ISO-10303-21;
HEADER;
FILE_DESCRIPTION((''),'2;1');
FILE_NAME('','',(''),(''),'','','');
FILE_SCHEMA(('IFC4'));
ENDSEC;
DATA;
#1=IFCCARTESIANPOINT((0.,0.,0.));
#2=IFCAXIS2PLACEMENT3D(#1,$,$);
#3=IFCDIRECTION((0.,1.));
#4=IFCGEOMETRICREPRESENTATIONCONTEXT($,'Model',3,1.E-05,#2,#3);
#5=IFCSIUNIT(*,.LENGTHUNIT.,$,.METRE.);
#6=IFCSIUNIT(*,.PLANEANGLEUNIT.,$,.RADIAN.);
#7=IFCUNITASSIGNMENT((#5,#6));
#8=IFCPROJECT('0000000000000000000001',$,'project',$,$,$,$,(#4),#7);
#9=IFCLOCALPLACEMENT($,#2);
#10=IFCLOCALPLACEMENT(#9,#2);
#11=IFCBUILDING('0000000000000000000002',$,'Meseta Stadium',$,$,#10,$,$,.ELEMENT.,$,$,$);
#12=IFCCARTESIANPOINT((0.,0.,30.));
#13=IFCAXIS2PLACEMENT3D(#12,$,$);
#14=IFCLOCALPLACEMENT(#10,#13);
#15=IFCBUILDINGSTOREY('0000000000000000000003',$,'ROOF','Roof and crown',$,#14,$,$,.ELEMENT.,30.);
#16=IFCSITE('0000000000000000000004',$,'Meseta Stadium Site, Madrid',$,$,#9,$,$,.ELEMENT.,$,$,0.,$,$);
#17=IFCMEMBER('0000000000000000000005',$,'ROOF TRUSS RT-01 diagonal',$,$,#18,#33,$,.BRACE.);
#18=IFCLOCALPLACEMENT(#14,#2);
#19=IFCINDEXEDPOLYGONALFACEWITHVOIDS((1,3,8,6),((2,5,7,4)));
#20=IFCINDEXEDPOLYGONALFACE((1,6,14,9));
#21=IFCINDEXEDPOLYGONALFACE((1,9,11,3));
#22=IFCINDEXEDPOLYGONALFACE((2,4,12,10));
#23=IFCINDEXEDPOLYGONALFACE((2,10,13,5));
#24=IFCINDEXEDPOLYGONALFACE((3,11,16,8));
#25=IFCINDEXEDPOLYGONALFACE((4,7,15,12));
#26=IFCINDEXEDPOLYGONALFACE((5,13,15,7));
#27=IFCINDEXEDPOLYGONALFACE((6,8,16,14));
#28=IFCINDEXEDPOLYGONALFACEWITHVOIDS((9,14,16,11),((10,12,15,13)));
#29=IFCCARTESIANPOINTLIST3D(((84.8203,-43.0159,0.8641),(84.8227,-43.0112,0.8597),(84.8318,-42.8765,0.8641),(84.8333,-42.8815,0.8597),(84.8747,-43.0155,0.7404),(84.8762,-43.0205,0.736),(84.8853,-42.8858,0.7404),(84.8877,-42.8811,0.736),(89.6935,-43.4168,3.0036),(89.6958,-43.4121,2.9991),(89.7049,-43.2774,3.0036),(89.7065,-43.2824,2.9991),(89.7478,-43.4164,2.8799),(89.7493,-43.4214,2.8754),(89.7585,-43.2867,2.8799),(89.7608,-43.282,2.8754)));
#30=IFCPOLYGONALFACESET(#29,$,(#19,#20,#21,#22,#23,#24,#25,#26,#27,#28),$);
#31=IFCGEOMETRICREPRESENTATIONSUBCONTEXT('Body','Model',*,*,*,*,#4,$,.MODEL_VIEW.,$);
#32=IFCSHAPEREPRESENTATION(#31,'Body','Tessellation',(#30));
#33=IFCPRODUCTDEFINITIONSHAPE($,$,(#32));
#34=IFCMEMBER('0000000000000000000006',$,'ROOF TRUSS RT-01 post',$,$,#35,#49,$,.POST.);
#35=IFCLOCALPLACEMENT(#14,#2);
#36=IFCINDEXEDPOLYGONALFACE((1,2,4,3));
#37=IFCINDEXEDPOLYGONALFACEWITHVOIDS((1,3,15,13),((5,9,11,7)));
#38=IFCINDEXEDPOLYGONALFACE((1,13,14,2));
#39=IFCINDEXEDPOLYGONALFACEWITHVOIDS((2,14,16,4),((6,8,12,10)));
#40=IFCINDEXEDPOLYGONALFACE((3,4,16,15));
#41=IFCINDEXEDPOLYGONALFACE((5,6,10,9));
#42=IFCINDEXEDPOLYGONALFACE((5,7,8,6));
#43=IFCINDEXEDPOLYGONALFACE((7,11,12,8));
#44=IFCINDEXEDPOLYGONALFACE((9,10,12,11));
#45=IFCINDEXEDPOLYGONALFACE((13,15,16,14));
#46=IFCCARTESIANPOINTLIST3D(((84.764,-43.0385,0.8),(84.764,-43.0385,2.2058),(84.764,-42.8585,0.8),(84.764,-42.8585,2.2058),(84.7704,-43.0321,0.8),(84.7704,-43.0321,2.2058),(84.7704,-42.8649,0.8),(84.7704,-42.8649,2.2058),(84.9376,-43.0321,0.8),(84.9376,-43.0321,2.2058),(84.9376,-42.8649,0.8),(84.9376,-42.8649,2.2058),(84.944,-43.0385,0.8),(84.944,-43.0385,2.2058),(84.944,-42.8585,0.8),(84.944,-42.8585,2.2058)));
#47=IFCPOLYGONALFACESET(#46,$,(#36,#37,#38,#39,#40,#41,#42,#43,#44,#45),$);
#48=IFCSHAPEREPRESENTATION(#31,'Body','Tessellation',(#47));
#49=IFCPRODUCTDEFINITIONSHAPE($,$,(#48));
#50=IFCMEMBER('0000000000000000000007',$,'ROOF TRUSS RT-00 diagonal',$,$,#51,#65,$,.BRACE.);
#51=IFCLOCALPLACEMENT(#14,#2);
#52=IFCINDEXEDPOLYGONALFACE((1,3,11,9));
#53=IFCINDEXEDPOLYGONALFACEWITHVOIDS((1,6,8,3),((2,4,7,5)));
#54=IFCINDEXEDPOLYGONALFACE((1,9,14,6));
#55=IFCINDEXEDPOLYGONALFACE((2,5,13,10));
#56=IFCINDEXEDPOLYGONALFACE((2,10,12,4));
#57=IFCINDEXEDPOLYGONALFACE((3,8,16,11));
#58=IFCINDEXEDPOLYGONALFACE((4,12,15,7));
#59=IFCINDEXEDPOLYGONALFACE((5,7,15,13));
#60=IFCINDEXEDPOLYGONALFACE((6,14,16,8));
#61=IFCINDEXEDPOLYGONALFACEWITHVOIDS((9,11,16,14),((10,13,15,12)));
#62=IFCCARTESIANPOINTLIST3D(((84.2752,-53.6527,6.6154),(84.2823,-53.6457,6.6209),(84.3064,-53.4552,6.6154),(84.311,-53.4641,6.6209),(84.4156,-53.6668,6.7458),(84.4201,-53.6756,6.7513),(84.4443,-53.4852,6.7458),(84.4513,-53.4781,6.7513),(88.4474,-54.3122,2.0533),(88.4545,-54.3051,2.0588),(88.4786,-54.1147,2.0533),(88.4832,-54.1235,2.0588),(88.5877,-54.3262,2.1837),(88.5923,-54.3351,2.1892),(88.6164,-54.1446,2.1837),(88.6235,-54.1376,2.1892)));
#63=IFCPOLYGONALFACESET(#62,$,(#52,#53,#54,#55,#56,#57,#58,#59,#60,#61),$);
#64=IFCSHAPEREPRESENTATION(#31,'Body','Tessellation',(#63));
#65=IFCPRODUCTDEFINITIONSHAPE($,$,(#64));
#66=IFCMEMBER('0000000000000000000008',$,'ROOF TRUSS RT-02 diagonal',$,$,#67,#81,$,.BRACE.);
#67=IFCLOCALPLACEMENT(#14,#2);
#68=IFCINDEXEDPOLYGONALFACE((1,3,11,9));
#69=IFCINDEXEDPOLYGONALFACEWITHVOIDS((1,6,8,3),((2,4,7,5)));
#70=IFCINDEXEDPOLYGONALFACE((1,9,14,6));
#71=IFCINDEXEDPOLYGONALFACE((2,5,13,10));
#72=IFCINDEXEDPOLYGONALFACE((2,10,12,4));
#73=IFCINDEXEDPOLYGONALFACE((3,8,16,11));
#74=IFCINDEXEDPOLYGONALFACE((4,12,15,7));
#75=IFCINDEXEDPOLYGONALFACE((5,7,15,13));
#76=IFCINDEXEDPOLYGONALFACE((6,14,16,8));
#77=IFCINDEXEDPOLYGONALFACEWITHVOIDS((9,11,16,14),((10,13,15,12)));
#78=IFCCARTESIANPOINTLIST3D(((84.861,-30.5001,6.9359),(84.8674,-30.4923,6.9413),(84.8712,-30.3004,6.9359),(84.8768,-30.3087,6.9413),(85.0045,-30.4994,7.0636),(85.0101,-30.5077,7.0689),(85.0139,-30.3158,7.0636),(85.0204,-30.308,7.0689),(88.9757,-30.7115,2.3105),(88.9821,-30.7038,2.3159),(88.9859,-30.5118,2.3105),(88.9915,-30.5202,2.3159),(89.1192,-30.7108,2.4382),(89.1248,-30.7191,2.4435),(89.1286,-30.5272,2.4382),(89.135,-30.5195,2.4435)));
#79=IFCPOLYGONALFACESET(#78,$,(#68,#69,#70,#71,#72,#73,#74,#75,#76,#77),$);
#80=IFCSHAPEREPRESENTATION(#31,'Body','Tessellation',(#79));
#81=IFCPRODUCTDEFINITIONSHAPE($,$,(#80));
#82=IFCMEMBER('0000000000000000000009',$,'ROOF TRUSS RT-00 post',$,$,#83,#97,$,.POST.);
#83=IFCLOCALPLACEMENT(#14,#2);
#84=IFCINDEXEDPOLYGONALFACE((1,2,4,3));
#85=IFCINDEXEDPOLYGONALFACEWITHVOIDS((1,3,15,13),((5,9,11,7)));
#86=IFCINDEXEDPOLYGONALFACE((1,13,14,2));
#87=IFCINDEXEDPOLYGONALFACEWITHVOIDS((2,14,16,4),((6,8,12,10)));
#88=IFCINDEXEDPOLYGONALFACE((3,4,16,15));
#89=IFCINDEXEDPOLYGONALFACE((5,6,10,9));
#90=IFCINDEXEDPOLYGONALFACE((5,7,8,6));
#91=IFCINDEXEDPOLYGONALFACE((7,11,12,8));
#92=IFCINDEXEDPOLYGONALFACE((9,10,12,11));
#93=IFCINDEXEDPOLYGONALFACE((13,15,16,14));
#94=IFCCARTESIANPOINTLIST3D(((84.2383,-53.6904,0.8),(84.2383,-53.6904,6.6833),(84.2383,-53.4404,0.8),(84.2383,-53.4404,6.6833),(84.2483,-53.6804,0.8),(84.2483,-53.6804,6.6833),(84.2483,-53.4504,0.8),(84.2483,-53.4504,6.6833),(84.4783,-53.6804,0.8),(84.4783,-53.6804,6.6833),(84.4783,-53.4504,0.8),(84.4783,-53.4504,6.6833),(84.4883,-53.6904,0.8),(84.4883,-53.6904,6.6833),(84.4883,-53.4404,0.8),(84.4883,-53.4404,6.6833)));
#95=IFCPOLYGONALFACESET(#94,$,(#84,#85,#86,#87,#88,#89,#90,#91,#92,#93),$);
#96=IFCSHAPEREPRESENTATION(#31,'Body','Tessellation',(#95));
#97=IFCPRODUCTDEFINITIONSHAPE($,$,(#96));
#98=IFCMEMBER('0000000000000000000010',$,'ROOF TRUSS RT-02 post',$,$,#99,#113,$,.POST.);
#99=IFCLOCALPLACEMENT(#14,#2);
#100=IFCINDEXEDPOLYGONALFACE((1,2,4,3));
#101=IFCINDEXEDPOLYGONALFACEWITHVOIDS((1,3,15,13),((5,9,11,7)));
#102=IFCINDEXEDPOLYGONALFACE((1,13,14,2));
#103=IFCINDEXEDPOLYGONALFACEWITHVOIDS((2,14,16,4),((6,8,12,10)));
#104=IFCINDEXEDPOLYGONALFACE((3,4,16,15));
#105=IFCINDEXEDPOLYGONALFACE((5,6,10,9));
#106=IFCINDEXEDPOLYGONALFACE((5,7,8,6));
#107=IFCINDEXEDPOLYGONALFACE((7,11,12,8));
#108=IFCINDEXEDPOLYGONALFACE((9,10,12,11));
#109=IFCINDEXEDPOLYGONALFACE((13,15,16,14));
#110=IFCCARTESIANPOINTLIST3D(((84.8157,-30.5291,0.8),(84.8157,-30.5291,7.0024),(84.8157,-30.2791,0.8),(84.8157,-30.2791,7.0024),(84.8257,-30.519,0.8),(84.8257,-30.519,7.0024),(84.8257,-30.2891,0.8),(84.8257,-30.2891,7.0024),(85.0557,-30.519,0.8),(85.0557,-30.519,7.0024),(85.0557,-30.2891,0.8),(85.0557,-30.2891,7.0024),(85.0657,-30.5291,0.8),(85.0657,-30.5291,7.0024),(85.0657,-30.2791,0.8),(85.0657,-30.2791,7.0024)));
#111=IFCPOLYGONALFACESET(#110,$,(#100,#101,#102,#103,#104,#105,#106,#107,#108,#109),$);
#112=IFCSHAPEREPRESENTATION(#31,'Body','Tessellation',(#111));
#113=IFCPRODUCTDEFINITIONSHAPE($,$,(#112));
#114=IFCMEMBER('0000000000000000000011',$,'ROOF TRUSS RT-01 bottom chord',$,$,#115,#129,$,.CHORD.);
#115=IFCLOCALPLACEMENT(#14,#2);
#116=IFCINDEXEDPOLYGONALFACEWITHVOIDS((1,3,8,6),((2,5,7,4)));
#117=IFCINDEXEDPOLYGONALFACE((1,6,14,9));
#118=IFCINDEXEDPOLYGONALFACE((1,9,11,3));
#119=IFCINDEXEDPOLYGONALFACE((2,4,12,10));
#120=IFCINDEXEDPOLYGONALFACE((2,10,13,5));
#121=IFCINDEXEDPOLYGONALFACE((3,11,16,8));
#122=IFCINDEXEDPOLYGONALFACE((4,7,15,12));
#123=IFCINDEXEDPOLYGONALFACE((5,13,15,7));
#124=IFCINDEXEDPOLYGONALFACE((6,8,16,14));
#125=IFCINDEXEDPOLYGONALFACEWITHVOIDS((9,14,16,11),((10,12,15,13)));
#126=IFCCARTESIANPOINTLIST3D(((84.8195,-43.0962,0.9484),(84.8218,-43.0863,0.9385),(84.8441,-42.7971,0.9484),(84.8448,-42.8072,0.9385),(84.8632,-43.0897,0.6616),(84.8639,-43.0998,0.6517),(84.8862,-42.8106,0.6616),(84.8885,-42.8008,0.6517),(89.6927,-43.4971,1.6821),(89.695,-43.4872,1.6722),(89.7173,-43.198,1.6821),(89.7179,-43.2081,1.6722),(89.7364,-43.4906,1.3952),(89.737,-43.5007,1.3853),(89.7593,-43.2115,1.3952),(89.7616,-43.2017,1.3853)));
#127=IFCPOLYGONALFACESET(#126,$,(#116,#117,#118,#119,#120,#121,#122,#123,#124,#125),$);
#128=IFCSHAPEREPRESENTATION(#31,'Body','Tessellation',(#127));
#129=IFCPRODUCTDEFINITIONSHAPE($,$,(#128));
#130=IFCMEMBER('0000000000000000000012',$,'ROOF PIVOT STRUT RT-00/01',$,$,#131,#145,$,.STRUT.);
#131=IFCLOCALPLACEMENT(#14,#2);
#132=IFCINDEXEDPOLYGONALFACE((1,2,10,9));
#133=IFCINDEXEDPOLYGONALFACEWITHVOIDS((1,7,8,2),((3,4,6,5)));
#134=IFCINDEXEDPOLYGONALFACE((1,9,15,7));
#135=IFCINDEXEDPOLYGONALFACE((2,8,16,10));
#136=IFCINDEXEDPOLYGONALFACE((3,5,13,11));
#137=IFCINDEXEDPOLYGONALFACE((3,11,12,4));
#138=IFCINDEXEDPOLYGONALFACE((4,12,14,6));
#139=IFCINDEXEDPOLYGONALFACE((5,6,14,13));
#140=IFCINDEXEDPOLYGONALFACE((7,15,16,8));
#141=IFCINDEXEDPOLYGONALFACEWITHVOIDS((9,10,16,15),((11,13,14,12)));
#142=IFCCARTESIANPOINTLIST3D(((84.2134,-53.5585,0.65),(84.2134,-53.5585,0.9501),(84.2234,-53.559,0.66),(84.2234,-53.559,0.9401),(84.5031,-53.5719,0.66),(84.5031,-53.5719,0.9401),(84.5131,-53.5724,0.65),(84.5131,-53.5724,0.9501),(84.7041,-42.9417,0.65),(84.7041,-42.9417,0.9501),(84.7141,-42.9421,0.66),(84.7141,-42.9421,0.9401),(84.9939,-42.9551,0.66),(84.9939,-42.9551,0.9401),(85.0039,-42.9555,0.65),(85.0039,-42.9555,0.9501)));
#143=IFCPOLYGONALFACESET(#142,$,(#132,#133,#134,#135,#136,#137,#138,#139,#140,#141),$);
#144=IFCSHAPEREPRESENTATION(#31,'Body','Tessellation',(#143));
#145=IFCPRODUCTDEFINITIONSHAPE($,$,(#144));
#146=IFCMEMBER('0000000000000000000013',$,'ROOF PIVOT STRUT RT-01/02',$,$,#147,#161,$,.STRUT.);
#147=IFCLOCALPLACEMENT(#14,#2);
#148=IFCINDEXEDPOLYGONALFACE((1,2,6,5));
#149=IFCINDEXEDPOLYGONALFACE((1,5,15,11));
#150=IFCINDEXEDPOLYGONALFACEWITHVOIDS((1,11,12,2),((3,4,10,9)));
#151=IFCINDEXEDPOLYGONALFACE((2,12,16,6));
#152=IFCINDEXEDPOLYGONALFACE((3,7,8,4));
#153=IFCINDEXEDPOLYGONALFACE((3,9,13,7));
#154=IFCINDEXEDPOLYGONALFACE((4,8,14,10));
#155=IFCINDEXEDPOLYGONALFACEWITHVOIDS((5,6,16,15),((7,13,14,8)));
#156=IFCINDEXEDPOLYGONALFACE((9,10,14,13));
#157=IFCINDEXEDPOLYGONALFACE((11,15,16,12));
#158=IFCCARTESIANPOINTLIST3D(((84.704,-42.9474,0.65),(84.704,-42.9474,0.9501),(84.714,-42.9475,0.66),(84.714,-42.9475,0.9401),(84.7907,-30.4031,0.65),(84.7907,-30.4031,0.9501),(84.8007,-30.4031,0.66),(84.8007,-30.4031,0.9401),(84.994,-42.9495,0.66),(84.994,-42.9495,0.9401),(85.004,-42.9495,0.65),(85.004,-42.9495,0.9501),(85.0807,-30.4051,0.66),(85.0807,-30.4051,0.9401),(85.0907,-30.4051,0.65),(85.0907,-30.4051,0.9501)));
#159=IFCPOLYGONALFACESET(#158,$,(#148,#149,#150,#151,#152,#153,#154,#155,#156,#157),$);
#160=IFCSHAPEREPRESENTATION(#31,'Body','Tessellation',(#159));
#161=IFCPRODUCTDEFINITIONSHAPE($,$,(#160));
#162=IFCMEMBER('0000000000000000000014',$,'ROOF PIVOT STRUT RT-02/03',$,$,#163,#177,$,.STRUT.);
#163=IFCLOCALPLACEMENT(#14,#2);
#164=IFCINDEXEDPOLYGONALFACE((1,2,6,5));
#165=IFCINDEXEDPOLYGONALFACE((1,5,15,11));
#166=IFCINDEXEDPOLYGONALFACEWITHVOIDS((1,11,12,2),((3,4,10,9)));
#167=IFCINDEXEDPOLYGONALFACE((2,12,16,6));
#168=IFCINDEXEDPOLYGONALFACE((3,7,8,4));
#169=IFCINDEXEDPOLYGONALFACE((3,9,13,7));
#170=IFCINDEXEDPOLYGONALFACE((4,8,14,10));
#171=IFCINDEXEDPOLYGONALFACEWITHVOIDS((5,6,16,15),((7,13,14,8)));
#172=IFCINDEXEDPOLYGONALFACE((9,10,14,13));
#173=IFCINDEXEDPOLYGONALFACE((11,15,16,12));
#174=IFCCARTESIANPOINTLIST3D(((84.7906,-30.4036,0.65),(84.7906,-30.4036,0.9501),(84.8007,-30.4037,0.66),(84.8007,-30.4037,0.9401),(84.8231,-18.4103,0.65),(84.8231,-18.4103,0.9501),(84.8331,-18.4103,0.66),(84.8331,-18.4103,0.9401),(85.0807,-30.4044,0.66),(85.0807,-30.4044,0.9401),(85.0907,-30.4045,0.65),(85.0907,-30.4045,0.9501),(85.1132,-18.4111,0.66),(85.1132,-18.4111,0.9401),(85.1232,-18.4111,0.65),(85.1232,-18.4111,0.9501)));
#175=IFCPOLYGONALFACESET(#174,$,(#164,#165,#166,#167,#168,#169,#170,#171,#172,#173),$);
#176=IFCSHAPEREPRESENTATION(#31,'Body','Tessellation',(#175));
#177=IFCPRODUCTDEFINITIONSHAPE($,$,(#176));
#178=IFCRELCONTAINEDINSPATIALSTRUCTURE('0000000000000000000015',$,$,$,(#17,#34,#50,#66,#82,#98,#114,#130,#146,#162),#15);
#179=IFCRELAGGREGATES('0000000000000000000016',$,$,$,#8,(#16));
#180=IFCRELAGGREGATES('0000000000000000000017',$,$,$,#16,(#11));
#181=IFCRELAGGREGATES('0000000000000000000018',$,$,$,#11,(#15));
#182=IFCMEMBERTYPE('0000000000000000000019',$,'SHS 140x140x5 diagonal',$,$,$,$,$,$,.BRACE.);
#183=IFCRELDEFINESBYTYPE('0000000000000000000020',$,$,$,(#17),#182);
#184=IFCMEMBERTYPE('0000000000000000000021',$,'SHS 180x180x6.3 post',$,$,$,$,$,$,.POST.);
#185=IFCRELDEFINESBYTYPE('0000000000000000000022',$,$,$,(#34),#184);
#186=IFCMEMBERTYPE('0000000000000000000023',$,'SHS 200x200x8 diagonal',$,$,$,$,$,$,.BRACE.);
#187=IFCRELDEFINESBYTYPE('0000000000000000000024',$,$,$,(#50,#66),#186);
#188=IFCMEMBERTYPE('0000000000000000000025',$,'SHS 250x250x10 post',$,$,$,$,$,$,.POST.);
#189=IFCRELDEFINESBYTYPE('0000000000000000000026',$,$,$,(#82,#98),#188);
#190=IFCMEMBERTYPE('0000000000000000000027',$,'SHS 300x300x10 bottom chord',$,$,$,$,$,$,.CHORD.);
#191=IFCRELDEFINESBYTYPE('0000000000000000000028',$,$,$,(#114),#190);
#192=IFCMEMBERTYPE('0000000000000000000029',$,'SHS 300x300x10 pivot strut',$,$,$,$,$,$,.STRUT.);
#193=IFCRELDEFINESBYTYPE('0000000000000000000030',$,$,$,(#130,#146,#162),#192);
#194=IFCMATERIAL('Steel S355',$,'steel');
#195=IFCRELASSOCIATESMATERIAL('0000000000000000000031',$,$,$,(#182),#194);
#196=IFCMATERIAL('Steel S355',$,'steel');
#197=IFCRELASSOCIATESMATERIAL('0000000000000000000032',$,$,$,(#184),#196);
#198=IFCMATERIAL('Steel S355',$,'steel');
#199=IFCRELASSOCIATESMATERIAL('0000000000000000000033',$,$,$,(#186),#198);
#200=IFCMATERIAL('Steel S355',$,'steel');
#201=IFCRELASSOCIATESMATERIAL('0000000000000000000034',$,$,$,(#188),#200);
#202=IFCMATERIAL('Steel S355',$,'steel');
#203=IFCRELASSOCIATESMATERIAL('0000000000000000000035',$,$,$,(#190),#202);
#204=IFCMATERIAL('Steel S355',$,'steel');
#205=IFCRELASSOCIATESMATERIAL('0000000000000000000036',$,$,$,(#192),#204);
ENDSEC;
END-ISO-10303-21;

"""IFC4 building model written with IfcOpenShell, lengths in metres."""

from ifc_helpers import new_model, si_unit, direction, frame, origin, origin_2d, place, context, subcontext, project, spatial, hollow_rectangle, extrude, material, material_profile, profile_set, type_object, element, save


model = new_model("IFC4")

# Units and contexts
model_context = context("Model", 3, precision=1e-05, world=origin(), true_north=direction((0.0, 1.0)))
body_context = subcontext(model_context, "Body", "Model", "MODEL_VIEW")
ifc_project = project(units=[si_unit("LENGTHUNIT", "METRE"), si_unit("PLANEANGLEUNIT", "RADIAN")], contexts=[model_context])

# Site, building, storey
site_placement = place(None, origin())
site = spatial("IfcSite", under=ifc_project, at=site_placement, Name="Meseta Stadium Site, Madrid", CompositionType="ELEMENT", RefElevation=0.0)
building_placement = place(site_placement, origin())
building = spatial("IfcBuilding", under=site, at=building_placement, Name="Meseta Stadium", CompositionType="ELEMENT")
storey_placement = place(building_placement, frame((0.0, 0.0, 30.0)))
storey = spatial("IfcBuildingStorey", under=building, at=storey_placement, Name="ROOF", Description="Roof and crown", CompositionType="ELEMENT", Elevation=30.0)

# Members
ifc_material_1 = material(Name="Steel S355", Category="steel")
ifc_material_profile_1 = material_profile(ifc_material_1, hollow_rectangle(XDim=0.1399, YDim=0.1399, WallThickness=0.0049, at=origin_2d()), Name="SHS 140x140x5")
ifc_profile_set_1 = profile_set([ifc_material_profile_1], Name="Steel S355")
member_type_1 = type_object("IfcMemberType", Name="SHS 140x140x5 diagonal", PredefinedType="BRACE", material=ifc_profile_set_1)
member_1_placement = place(storey_placement, frame((84.854, -42.9485, 0.8), z_axis=(0.913056, -0.075112, 0.400857), x_axis=(0.081988, 0.996633, 0.0)))
element("IfcMember", 1, at=member_1_placement, inside=storey, type_object=member_type_1, Name="ROOF TRUSS RT-01 diagonal", PredefinedType="BRACE", context=body_context, shape_type="SweptSolid", body=[
    extrude(hollow_rectangle(XDim=0.1399, YDim=0.1399, WallThickness=0.0049, at=origin_2d()), origin(), (0.0, 0.0, 1.0), 5.3372),
])
ifc_material_2 = material(Name="Steel S355", Category="steel")
ifc_material_profile_2 = material_profile(ifc_material_2, hollow_rectangle(XDim=0.1799, YDim=0.1799, WallThickness=0.0063, at=origin_2d()), Name="SHS 180x180x6.3")
ifc_profile_set_2 = profile_set([ifc_material_profile_2], Name="Steel S355")
member_type_2 = type_object("IfcMemberType", Name="SHS 180x180x6.3 post", PredefinedType="POST", material=ifc_profile_set_2)
member_2_placement = place(storey_placement, frame((84.854, -42.9485, 0.8), z_axis=(0.0, 0.0, 1.0), x_axis=(1.0, 0.0, 0.0)))
element("IfcMember", 2, at=member_2_placement, inside=storey, type_object=member_type_2, Name="ROOF TRUSS RT-01 post", PredefinedType="POST", context=body_context, shape_type="SweptSolid", body=[
    extrude(hollow_rectangle(XDim=0.1799, YDim=0.1799, WallThickness=0.0063, at=origin_2d()), origin(), (0.0, 0.0, 1.0), 1.4058),
])
ifc_material_3 = material(Name="Steel S355", Category="steel")
ifc_material_profile_3 = material_profile(ifc_material_3, hollow_rectangle(XDim=0.2, YDim=0.2, WallThickness=0.0081, at=origin_2d()), Name="SHS 200x200x8")
ifc_profile_set_3 = profile_set([ifc_material_profile_3], Name="Steel S355")
member_type_3 = type_object("IfcMemberType", Name="SHS 200x200x8 diagonal", PredefinedType="BRACE", material=ifc_profile_set_3)
member_3_placement = place(storey_placement, frame((84.3633, -53.5654, 6.6833), z_axis=(0.671063, -0.106065, -0.733775), x_axis=(0.156117, 0.987739, 0.0)))
element("IfcMember", 3, at=member_3_placement, inside=storey, type_object=member_type_3, Name="ROOF TRUSS RT-00 diagonal", PredefinedType="BRACE", context=body_context, shape_type="SweptSolid", body=[
    extrude(hollow_rectangle(XDim=0.2, YDim=0.2, WallThickness=0.0081, at=origin_2d()), origin(), (0.0, 0.0, 1.0), 6.2173),
])
member_4_placement = place(storey_placement, frame((84.9407, -30.4041, 7.0024), z_axis=(0.664265, -0.034132, -0.746717), x_axis=(0.051315, 0.998683, 0.0)))
element("IfcMember", 4, at=member_4_placement, inside=storey, type_object=member_type_3, Name="ROOF TRUSS RT-02 diagonal", PredefinedType="BRACE", context=body_context, shape_type="SweptSolid", body=[
    extrude(hollow_rectangle(XDim=0.2, YDim=0.2, WallThickness=0.0081, at=origin_2d()), origin(), (0.0, 0.0, 1.0), 6.1943),
])
ifc_material_4 = material(Name="Steel S355", Category="steel")
ifc_material_profile_4 = material_profile(ifc_material_4, hollow_rectangle(XDim=0.25, YDim=0.25, WallThickness=0.01, at=origin_2d()), Name="SHS 250x250x10")
ifc_profile_set_4 = profile_set([ifc_material_profile_4], Name="Steel S355")
member_type_4 = type_object("IfcMemberType", Name="SHS 250x250x10 post", PredefinedType="POST", material=ifc_profile_set_4)
member_5_placement = place(storey_placement, frame((84.3633, -53.5654, 0.8), z_axis=(0.0, 0.0, 1.0), x_axis=(1.0, 0.0, 0.0)))
element("IfcMember", 5, at=member_5_placement, inside=storey, type_object=member_type_4, Name="ROOF TRUSS RT-00 post", PredefinedType="POST", context=body_context, shape_type="SweptSolid", body=[
    extrude(hollow_rectangle(XDim=0.25, YDim=0.25, WallThickness=0.01, at=origin_2d()), origin(), (0.0, 0.0, 1.0), 5.8833),
])
member_6_placement = place(storey_placement, frame((84.9407, -30.4041, 0.8), z_axis=(0.0, 0.0, 1.0), x_axis=(1.0, 0.0, 0.0)))
element("IfcMember", 6, at=member_6_placement, inside=storey, type_object=member_type_4, Name="ROOF TRUSS RT-02 post", PredefinedType="POST", context=body_context, shape_type="SweptSolid", body=[
    extrude(hollow_rectangle(XDim=0.25, YDim=0.25, WallThickness=0.01, at=origin_2d()), origin(), (0.0, 0.0, 1.0), 6.2024),
])
ifc_material_5 = material(Name="Steel S355", Category="steel")
ifc_material_profile_5 = material_profile(ifc_material_5, hollow_rectangle(XDim=0.3, YDim=0.3, WallThickness=0.01, at=origin_2d()), Name="SHS 300x300x10")
ifc_profile_set_5 = profile_set([ifc_material_profile_5], Name="Steel S355")
member_type_5 = type_object("IfcMemberType", Name="SHS 300x300x10 bottom chord", PredefinedType="CHORD", material=ifc_profile_set_5)
member_7_placement = place(storey_placement, frame((84.854, -42.9485, 0.8), z_axis=(0.985601, -0.08108, 0.148383), x_axis=(0.081988, 0.996633, 0.0)))
element("IfcMember", 7, at=member_7_placement, inside=storey, type_object=member_type_5, Name="ROOF TRUSS RT-01 bottom chord", PredefinedType="CHORD", context=body_context, shape_type="SweptSolid", body=[
    extrude(hollow_rectangle(XDim=0.3, YDim=0.3, WallThickness=0.01, at=origin_2d()), origin(), (0.0, 0.0, 1.0), 4.9443),
])
ifc_material_6 = material(Name="Steel S355", Category="steel")
ifc_material_profile_6 = material_profile(ifc_material_6, hollow_rectangle(XDim=0.3, YDim=0.3, WallThickness=0.01, at=origin_2d()), Name="SHS 300x300x10")
ifc_profile_set_6 = profile_set([ifc_material_profile_6], Name="Steel S355")
member_type_6 = type_object("IfcMemberType", Name="SHS 300x300x10 pivot strut", PredefinedType="STRUT", material=ifc_profile_set_6)
member_8_placement = place(storey_placement, frame((84.3633, -53.5654, 0.8), z_axis=(0.046171, 0.998934, 0.0), x_axis=(-0.998934, 0.046171, 0.0)))
element("IfcMember", 8, at=member_8_placement, inside=storey, type_object=member_type_6, Name="ROOF PIVOT STRUT RT-00/01", PredefinedType="STRUT", context=body_context, shape_type="SweptSolid", body=[
    extrude(hollow_rectangle(XDim=0.3, YDim=0.3, WallThickness=0.01, at=origin_2d()), origin(), (0.0, 0.0, 1.0), 10.6282),
])
member_9_placement = place(storey_placement, frame((84.854, -42.9485, 0.8), z_axis=(0.006909, 0.999976, 0.0), x_axis=(-0.999976, 0.006909, 0.0)))
element("IfcMember", 9, at=member_9_placement, inside=storey, type_object=member_type_6, Name="ROOF PIVOT STRUT RT-01/02", PredefinedType="STRUT", context=body_context, shape_type="SweptSolid", body=[
    extrude(hollow_rectangle(XDim=0.3, YDim=0.3, WallThickness=0.01, at=origin_2d()), origin(), (0.0, 0.0, 1.0), 12.5447),
])
member_10_placement = place(storey_placement, frame((84.9407, -30.4041, 0.8), z_axis=(0.002707, 0.999996, 0.0), x_axis=(-0.999996, 0.002707, 0.0)))
element("IfcMember", 10, at=member_10_placement, inside=storey, type_object=member_type_6, Name="ROOF PIVOT STRUT RT-02/03", PredefinedType="STRUT", context=body_context, shape_type="SweptSolid", body=[
    extrude(hollow_rectangle(XDim=0.3, YDim=0.3, WallThickness=0.01, at=origin_2d()), origin(), (0.0, 0.0, 1.0), 11.9934),
])

save(model, "model.ifc")
